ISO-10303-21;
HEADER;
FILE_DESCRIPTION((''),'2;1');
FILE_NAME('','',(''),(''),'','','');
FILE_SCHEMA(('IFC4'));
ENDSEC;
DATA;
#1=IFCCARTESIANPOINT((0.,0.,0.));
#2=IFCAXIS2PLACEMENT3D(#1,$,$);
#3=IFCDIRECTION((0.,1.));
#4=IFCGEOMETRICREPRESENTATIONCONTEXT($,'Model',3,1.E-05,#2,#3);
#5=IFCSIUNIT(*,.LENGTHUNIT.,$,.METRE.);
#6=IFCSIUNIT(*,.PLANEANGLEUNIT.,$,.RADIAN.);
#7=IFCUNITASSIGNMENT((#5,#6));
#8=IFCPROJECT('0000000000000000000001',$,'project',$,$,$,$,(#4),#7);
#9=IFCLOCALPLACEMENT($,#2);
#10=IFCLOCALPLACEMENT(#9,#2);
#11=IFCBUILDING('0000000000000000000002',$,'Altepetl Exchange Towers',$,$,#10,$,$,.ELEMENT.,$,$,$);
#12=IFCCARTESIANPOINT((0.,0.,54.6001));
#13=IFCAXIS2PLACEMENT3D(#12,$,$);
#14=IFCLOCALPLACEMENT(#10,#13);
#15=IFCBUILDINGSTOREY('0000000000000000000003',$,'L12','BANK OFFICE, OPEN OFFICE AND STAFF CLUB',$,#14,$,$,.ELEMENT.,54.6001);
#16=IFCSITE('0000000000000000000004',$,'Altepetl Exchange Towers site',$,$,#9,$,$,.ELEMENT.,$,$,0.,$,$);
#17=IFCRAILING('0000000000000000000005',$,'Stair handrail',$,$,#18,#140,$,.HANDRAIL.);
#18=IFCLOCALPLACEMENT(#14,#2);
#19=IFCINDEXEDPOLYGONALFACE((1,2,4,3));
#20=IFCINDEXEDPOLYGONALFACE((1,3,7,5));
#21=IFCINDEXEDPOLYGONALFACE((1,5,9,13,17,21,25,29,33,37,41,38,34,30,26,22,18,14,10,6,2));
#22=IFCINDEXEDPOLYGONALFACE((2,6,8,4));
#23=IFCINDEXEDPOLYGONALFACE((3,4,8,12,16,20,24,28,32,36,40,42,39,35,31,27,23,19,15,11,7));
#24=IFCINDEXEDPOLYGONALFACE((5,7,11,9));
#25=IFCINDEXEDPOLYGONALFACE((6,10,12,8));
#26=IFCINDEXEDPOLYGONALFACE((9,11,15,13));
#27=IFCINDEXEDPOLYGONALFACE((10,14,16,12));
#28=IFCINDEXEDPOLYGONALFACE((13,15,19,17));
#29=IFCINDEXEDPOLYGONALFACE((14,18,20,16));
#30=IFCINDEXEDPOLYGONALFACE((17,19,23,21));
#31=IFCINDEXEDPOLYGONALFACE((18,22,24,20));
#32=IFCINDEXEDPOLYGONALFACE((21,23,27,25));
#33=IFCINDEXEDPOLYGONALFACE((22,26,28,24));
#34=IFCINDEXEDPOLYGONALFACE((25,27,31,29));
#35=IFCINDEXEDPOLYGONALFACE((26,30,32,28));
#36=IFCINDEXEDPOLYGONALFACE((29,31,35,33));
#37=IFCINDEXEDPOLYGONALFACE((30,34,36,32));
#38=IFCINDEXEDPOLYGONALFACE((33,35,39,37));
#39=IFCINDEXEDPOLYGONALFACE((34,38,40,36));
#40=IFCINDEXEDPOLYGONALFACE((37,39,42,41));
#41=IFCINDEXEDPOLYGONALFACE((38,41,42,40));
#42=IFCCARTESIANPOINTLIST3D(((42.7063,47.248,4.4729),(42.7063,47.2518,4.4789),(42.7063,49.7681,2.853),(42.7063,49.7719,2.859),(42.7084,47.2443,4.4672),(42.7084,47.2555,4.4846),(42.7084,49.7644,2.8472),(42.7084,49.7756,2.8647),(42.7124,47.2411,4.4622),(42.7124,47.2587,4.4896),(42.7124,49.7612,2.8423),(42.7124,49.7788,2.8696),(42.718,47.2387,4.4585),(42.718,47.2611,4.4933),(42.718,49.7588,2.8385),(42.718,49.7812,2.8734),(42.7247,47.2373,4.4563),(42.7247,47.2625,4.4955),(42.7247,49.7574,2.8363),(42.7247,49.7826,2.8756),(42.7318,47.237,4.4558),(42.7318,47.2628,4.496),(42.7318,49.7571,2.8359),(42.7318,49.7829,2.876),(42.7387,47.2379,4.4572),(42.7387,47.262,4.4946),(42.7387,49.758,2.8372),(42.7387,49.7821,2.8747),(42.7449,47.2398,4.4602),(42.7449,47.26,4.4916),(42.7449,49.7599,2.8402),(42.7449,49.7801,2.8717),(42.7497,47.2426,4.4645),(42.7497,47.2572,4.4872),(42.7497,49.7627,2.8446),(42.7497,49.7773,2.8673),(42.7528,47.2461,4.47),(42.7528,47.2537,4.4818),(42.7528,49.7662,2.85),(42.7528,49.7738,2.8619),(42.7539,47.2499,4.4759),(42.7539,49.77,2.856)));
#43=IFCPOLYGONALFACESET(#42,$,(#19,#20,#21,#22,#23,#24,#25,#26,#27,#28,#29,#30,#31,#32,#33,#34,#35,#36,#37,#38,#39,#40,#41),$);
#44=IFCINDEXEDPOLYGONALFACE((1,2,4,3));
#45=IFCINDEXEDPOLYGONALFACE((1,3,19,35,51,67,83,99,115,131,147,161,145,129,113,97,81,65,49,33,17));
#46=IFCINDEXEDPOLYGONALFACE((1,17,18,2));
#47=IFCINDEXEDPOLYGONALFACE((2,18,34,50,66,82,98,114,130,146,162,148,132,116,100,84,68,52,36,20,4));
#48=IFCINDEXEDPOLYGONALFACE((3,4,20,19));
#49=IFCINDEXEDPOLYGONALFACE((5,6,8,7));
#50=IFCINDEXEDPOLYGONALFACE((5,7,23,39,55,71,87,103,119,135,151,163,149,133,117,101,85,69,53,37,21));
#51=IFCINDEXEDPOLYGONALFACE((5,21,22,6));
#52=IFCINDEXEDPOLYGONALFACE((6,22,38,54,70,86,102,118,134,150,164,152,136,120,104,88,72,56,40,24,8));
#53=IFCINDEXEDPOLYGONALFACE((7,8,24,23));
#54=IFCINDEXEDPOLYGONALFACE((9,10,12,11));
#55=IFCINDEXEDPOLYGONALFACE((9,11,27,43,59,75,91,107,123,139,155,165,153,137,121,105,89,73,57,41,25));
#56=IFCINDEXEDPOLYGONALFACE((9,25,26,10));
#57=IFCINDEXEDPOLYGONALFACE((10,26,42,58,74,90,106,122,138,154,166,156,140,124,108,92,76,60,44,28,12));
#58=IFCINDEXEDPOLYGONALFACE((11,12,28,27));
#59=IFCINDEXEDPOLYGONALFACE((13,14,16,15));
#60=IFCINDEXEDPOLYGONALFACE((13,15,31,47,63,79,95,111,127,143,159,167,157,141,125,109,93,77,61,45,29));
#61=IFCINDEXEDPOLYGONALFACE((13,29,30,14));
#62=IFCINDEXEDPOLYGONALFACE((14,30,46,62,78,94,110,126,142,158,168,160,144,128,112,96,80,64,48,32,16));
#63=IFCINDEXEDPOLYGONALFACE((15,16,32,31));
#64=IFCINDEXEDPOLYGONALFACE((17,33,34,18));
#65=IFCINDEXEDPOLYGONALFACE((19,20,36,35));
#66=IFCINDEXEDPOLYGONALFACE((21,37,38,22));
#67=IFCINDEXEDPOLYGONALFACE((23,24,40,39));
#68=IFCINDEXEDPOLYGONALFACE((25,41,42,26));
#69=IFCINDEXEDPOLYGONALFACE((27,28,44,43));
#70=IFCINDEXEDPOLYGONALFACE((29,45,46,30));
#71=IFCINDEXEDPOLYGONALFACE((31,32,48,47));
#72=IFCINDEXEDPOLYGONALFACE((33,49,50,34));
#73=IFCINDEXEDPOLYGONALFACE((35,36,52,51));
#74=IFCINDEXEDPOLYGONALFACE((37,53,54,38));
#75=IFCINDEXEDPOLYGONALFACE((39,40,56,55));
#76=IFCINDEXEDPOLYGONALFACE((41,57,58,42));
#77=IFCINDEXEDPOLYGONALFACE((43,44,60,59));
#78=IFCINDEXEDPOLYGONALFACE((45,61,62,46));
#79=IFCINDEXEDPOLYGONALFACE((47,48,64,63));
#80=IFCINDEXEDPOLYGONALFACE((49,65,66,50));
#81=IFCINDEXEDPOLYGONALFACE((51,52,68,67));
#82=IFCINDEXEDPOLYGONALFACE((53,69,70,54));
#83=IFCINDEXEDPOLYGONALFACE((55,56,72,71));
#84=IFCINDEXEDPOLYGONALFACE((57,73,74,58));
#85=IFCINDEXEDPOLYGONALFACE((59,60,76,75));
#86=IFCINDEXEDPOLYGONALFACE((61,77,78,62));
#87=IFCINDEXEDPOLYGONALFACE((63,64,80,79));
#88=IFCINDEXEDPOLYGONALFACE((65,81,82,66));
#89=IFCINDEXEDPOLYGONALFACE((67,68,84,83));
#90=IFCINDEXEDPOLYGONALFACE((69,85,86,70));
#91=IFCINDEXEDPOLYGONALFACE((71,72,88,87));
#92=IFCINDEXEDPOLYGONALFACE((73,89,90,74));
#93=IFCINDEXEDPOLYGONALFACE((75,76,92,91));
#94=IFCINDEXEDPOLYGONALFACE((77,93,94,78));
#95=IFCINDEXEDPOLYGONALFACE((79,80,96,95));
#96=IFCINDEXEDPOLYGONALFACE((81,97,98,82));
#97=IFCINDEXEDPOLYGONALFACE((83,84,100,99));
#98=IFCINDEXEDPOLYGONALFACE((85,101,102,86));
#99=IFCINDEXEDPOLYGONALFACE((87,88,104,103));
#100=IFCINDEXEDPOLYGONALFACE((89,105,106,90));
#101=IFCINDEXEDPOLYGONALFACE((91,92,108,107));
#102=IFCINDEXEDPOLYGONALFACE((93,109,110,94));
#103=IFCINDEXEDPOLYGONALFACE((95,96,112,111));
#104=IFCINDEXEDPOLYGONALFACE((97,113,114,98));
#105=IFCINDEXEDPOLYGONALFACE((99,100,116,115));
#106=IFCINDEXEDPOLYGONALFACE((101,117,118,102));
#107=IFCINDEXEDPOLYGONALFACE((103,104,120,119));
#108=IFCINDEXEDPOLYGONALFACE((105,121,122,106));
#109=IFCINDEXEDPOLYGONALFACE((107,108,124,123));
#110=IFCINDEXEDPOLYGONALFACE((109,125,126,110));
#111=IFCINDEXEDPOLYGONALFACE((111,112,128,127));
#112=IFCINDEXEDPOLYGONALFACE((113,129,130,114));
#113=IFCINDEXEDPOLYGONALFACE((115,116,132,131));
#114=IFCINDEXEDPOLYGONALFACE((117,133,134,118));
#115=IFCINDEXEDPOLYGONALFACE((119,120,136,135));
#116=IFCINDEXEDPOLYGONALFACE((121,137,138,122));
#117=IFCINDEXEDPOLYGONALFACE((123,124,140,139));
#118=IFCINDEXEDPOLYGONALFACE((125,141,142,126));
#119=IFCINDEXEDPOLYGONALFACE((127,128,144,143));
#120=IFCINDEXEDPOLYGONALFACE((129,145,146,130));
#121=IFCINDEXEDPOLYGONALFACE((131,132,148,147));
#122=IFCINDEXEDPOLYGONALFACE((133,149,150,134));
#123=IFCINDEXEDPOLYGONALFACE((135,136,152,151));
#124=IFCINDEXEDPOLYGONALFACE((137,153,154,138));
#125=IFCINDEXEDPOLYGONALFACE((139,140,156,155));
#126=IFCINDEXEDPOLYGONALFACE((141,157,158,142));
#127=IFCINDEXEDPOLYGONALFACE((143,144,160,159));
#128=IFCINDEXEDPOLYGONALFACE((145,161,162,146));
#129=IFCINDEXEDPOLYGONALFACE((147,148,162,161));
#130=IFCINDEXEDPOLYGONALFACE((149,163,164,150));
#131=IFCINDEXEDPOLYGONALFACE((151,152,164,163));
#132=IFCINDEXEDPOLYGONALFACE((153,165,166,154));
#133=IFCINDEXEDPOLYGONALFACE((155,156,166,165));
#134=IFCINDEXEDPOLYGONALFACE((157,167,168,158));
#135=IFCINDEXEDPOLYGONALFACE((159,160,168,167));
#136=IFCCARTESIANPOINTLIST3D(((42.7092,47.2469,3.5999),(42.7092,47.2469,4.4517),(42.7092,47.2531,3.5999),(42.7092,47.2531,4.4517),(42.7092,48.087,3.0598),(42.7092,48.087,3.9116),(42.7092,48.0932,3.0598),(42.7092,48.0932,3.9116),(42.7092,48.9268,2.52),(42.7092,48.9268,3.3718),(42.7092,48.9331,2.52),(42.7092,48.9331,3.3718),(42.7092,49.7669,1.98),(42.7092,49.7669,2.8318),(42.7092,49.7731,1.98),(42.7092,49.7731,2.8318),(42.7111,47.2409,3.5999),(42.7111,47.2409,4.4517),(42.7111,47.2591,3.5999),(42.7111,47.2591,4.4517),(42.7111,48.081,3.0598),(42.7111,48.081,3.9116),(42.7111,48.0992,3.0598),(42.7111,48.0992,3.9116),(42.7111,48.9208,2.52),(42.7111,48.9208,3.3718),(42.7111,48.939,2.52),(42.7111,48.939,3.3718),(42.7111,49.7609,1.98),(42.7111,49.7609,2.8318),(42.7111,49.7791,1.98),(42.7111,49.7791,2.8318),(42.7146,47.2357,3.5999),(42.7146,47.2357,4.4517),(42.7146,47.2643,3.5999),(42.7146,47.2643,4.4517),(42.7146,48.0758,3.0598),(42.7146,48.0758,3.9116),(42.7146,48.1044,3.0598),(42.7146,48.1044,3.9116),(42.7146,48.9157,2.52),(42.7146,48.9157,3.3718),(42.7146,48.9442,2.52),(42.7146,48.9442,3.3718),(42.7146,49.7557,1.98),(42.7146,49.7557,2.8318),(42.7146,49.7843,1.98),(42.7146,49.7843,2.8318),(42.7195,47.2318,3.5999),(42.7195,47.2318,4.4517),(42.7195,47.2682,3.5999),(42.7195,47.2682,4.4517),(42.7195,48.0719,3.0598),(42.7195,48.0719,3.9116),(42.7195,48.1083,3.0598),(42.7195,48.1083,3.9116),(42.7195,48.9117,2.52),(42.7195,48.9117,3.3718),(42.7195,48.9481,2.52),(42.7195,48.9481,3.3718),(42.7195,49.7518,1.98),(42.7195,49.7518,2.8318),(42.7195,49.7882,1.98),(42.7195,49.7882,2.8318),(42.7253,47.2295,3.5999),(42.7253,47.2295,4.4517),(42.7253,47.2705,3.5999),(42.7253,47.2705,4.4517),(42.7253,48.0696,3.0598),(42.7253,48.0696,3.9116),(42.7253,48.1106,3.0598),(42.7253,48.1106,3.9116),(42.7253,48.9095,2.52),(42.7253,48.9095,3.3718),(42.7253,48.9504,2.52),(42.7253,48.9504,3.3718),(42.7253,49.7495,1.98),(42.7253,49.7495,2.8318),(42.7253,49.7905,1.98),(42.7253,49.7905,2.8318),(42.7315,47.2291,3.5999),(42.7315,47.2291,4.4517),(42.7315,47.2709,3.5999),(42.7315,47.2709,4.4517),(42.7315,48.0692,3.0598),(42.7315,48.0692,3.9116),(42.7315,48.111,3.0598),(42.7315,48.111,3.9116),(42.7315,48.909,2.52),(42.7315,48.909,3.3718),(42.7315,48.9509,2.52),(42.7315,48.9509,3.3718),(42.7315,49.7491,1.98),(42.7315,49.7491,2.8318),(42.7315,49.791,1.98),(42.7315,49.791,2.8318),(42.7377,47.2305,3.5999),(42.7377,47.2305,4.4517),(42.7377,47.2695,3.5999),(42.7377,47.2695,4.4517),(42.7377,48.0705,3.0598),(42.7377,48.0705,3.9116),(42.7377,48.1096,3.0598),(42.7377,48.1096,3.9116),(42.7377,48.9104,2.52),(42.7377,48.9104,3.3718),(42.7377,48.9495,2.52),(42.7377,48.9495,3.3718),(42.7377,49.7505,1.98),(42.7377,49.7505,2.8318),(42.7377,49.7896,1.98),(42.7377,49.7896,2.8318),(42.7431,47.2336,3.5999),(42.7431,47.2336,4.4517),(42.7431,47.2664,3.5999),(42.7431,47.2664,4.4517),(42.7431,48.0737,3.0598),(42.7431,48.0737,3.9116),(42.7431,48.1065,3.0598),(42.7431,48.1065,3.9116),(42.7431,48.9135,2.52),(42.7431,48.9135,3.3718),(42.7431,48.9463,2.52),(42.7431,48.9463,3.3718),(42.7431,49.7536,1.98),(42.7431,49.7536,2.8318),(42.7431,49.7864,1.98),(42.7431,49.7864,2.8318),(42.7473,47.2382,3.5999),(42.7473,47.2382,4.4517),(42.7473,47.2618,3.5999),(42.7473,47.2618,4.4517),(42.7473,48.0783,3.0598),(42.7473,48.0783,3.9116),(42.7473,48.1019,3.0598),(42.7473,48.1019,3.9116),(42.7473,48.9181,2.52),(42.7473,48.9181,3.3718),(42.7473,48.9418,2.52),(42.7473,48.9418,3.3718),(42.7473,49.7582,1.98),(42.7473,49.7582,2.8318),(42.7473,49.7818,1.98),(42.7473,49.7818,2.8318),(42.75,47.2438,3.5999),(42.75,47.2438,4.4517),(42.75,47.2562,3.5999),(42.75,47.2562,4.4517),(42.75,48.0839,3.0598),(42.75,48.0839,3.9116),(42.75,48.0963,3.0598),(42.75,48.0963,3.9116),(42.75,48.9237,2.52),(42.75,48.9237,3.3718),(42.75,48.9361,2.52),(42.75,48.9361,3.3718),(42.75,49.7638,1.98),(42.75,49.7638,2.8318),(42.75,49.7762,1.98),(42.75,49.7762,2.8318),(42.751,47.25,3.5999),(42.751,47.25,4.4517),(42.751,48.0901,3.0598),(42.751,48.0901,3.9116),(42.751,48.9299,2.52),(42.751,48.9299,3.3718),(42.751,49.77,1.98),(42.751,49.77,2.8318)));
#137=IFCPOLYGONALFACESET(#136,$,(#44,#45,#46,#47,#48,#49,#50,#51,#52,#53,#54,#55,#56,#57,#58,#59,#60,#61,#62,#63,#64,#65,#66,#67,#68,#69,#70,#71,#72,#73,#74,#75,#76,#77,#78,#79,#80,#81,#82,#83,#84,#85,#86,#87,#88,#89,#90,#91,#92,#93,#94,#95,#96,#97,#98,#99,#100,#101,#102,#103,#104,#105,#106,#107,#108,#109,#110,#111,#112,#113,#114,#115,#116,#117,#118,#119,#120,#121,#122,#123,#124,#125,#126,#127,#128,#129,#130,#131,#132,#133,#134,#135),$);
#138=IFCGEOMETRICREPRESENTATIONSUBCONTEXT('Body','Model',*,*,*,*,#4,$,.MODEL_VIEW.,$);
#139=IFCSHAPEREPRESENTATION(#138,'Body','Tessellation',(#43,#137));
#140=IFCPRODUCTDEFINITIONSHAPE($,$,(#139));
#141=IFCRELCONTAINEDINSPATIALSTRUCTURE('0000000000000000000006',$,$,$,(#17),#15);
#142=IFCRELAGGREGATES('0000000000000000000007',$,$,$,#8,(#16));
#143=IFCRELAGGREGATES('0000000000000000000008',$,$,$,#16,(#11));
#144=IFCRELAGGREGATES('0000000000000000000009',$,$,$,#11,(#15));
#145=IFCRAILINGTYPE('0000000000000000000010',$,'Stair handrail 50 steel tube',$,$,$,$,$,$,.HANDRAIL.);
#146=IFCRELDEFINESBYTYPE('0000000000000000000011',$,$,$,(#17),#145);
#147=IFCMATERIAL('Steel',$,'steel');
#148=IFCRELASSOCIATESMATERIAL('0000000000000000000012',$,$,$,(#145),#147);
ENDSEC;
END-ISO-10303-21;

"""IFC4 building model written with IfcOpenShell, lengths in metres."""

from ifc_helpers import new_model, si_unit, direction, frame, origin, origin_2d, place, context, subcontext, project, spatial, circle, extrude, source, transform, mapped, material, type_object, element, save


model = new_model("IFC4")

# Units and contexts
model_context = context("Model", 3, precision=1e-05, world=origin(), true_north=direction((0.0, 1.0)))
body_context = subcontext(model_context, "Body", "Model", "MODEL_VIEW")
ifc_project = project(units=[si_unit("LENGTHUNIT", "METRE"), si_unit("PLANEANGLEUNIT", "RADIAN")], contexts=[model_context])

# Site, building, storey
site_placement = place(None, origin())
site = spatial("IfcSite", under=ifc_project, at=site_placement, Name="Altepetl Exchange Towers site", CompositionType="ELEMENT", RefElevation=0.0)
building_placement = place(site_placement, origin())
building = spatial("IfcBuilding", under=site, at=building_placement, Name="Altepetl Exchange Towers", CompositionType="ELEMENT")
storey_placement = place(building_placement, frame((0.0, 0.0, 54.6001)))
storey = spatial("IfcBuildingStorey", under=building, at=storey_placement, Name="L12", Description="BANK OFFICE, OPEN OFFICE AND STAFF CLUB", CompositionType="ELEMENT", Elevation=54.6001)

# Railing
ifc_material_1 = material(Name="Steel", Category="steel")
railing_type = type_object("IfcRailingType", Name="Stair handrail 50 steel tube", PredefinedType="HANDRAIL", material=ifc_material_1)
shared_shape = source(origin(), body_context, "Body", "SweptSolid", [
    extrude(circle(Radius=0.021, at=origin_2d()), origin(), (0.0, 0.0, 1.0), 0.8518),
])
railing_1_placement = place(storey_placement, frame((42.73, 49.77, 1.98)))
element("IfcRailing", 1, at=railing_1_placement, inside=storey, type_object=railing_type, Name="Stair handrail", PredefinedType="HANDRAIL", context=body_context, shape_type="SweptSolid", body=[
    extrude(circle(Radius=0.0239, at=origin_2d()), frame((0.0, 0.0, 0.876), z_axis=(0.0, -0.8412, 0.540725), x_axis=(1.0, 0.0, 0.0)), (0.0, 0.0, 1.0), 2.9958),
    mapped(shared_shape, transform((0.0, 0.0, 0.0))),
    mapped(shared_shape, transform((0.0, -0.8401, 0.54))),
    mapped(shared_shape, transform((0.0, -1.6799, 1.0798))),
    mapped(shared_shape, transform((0.0, -2.52, 1.6199))),
])

save(model, "model.ifc")
